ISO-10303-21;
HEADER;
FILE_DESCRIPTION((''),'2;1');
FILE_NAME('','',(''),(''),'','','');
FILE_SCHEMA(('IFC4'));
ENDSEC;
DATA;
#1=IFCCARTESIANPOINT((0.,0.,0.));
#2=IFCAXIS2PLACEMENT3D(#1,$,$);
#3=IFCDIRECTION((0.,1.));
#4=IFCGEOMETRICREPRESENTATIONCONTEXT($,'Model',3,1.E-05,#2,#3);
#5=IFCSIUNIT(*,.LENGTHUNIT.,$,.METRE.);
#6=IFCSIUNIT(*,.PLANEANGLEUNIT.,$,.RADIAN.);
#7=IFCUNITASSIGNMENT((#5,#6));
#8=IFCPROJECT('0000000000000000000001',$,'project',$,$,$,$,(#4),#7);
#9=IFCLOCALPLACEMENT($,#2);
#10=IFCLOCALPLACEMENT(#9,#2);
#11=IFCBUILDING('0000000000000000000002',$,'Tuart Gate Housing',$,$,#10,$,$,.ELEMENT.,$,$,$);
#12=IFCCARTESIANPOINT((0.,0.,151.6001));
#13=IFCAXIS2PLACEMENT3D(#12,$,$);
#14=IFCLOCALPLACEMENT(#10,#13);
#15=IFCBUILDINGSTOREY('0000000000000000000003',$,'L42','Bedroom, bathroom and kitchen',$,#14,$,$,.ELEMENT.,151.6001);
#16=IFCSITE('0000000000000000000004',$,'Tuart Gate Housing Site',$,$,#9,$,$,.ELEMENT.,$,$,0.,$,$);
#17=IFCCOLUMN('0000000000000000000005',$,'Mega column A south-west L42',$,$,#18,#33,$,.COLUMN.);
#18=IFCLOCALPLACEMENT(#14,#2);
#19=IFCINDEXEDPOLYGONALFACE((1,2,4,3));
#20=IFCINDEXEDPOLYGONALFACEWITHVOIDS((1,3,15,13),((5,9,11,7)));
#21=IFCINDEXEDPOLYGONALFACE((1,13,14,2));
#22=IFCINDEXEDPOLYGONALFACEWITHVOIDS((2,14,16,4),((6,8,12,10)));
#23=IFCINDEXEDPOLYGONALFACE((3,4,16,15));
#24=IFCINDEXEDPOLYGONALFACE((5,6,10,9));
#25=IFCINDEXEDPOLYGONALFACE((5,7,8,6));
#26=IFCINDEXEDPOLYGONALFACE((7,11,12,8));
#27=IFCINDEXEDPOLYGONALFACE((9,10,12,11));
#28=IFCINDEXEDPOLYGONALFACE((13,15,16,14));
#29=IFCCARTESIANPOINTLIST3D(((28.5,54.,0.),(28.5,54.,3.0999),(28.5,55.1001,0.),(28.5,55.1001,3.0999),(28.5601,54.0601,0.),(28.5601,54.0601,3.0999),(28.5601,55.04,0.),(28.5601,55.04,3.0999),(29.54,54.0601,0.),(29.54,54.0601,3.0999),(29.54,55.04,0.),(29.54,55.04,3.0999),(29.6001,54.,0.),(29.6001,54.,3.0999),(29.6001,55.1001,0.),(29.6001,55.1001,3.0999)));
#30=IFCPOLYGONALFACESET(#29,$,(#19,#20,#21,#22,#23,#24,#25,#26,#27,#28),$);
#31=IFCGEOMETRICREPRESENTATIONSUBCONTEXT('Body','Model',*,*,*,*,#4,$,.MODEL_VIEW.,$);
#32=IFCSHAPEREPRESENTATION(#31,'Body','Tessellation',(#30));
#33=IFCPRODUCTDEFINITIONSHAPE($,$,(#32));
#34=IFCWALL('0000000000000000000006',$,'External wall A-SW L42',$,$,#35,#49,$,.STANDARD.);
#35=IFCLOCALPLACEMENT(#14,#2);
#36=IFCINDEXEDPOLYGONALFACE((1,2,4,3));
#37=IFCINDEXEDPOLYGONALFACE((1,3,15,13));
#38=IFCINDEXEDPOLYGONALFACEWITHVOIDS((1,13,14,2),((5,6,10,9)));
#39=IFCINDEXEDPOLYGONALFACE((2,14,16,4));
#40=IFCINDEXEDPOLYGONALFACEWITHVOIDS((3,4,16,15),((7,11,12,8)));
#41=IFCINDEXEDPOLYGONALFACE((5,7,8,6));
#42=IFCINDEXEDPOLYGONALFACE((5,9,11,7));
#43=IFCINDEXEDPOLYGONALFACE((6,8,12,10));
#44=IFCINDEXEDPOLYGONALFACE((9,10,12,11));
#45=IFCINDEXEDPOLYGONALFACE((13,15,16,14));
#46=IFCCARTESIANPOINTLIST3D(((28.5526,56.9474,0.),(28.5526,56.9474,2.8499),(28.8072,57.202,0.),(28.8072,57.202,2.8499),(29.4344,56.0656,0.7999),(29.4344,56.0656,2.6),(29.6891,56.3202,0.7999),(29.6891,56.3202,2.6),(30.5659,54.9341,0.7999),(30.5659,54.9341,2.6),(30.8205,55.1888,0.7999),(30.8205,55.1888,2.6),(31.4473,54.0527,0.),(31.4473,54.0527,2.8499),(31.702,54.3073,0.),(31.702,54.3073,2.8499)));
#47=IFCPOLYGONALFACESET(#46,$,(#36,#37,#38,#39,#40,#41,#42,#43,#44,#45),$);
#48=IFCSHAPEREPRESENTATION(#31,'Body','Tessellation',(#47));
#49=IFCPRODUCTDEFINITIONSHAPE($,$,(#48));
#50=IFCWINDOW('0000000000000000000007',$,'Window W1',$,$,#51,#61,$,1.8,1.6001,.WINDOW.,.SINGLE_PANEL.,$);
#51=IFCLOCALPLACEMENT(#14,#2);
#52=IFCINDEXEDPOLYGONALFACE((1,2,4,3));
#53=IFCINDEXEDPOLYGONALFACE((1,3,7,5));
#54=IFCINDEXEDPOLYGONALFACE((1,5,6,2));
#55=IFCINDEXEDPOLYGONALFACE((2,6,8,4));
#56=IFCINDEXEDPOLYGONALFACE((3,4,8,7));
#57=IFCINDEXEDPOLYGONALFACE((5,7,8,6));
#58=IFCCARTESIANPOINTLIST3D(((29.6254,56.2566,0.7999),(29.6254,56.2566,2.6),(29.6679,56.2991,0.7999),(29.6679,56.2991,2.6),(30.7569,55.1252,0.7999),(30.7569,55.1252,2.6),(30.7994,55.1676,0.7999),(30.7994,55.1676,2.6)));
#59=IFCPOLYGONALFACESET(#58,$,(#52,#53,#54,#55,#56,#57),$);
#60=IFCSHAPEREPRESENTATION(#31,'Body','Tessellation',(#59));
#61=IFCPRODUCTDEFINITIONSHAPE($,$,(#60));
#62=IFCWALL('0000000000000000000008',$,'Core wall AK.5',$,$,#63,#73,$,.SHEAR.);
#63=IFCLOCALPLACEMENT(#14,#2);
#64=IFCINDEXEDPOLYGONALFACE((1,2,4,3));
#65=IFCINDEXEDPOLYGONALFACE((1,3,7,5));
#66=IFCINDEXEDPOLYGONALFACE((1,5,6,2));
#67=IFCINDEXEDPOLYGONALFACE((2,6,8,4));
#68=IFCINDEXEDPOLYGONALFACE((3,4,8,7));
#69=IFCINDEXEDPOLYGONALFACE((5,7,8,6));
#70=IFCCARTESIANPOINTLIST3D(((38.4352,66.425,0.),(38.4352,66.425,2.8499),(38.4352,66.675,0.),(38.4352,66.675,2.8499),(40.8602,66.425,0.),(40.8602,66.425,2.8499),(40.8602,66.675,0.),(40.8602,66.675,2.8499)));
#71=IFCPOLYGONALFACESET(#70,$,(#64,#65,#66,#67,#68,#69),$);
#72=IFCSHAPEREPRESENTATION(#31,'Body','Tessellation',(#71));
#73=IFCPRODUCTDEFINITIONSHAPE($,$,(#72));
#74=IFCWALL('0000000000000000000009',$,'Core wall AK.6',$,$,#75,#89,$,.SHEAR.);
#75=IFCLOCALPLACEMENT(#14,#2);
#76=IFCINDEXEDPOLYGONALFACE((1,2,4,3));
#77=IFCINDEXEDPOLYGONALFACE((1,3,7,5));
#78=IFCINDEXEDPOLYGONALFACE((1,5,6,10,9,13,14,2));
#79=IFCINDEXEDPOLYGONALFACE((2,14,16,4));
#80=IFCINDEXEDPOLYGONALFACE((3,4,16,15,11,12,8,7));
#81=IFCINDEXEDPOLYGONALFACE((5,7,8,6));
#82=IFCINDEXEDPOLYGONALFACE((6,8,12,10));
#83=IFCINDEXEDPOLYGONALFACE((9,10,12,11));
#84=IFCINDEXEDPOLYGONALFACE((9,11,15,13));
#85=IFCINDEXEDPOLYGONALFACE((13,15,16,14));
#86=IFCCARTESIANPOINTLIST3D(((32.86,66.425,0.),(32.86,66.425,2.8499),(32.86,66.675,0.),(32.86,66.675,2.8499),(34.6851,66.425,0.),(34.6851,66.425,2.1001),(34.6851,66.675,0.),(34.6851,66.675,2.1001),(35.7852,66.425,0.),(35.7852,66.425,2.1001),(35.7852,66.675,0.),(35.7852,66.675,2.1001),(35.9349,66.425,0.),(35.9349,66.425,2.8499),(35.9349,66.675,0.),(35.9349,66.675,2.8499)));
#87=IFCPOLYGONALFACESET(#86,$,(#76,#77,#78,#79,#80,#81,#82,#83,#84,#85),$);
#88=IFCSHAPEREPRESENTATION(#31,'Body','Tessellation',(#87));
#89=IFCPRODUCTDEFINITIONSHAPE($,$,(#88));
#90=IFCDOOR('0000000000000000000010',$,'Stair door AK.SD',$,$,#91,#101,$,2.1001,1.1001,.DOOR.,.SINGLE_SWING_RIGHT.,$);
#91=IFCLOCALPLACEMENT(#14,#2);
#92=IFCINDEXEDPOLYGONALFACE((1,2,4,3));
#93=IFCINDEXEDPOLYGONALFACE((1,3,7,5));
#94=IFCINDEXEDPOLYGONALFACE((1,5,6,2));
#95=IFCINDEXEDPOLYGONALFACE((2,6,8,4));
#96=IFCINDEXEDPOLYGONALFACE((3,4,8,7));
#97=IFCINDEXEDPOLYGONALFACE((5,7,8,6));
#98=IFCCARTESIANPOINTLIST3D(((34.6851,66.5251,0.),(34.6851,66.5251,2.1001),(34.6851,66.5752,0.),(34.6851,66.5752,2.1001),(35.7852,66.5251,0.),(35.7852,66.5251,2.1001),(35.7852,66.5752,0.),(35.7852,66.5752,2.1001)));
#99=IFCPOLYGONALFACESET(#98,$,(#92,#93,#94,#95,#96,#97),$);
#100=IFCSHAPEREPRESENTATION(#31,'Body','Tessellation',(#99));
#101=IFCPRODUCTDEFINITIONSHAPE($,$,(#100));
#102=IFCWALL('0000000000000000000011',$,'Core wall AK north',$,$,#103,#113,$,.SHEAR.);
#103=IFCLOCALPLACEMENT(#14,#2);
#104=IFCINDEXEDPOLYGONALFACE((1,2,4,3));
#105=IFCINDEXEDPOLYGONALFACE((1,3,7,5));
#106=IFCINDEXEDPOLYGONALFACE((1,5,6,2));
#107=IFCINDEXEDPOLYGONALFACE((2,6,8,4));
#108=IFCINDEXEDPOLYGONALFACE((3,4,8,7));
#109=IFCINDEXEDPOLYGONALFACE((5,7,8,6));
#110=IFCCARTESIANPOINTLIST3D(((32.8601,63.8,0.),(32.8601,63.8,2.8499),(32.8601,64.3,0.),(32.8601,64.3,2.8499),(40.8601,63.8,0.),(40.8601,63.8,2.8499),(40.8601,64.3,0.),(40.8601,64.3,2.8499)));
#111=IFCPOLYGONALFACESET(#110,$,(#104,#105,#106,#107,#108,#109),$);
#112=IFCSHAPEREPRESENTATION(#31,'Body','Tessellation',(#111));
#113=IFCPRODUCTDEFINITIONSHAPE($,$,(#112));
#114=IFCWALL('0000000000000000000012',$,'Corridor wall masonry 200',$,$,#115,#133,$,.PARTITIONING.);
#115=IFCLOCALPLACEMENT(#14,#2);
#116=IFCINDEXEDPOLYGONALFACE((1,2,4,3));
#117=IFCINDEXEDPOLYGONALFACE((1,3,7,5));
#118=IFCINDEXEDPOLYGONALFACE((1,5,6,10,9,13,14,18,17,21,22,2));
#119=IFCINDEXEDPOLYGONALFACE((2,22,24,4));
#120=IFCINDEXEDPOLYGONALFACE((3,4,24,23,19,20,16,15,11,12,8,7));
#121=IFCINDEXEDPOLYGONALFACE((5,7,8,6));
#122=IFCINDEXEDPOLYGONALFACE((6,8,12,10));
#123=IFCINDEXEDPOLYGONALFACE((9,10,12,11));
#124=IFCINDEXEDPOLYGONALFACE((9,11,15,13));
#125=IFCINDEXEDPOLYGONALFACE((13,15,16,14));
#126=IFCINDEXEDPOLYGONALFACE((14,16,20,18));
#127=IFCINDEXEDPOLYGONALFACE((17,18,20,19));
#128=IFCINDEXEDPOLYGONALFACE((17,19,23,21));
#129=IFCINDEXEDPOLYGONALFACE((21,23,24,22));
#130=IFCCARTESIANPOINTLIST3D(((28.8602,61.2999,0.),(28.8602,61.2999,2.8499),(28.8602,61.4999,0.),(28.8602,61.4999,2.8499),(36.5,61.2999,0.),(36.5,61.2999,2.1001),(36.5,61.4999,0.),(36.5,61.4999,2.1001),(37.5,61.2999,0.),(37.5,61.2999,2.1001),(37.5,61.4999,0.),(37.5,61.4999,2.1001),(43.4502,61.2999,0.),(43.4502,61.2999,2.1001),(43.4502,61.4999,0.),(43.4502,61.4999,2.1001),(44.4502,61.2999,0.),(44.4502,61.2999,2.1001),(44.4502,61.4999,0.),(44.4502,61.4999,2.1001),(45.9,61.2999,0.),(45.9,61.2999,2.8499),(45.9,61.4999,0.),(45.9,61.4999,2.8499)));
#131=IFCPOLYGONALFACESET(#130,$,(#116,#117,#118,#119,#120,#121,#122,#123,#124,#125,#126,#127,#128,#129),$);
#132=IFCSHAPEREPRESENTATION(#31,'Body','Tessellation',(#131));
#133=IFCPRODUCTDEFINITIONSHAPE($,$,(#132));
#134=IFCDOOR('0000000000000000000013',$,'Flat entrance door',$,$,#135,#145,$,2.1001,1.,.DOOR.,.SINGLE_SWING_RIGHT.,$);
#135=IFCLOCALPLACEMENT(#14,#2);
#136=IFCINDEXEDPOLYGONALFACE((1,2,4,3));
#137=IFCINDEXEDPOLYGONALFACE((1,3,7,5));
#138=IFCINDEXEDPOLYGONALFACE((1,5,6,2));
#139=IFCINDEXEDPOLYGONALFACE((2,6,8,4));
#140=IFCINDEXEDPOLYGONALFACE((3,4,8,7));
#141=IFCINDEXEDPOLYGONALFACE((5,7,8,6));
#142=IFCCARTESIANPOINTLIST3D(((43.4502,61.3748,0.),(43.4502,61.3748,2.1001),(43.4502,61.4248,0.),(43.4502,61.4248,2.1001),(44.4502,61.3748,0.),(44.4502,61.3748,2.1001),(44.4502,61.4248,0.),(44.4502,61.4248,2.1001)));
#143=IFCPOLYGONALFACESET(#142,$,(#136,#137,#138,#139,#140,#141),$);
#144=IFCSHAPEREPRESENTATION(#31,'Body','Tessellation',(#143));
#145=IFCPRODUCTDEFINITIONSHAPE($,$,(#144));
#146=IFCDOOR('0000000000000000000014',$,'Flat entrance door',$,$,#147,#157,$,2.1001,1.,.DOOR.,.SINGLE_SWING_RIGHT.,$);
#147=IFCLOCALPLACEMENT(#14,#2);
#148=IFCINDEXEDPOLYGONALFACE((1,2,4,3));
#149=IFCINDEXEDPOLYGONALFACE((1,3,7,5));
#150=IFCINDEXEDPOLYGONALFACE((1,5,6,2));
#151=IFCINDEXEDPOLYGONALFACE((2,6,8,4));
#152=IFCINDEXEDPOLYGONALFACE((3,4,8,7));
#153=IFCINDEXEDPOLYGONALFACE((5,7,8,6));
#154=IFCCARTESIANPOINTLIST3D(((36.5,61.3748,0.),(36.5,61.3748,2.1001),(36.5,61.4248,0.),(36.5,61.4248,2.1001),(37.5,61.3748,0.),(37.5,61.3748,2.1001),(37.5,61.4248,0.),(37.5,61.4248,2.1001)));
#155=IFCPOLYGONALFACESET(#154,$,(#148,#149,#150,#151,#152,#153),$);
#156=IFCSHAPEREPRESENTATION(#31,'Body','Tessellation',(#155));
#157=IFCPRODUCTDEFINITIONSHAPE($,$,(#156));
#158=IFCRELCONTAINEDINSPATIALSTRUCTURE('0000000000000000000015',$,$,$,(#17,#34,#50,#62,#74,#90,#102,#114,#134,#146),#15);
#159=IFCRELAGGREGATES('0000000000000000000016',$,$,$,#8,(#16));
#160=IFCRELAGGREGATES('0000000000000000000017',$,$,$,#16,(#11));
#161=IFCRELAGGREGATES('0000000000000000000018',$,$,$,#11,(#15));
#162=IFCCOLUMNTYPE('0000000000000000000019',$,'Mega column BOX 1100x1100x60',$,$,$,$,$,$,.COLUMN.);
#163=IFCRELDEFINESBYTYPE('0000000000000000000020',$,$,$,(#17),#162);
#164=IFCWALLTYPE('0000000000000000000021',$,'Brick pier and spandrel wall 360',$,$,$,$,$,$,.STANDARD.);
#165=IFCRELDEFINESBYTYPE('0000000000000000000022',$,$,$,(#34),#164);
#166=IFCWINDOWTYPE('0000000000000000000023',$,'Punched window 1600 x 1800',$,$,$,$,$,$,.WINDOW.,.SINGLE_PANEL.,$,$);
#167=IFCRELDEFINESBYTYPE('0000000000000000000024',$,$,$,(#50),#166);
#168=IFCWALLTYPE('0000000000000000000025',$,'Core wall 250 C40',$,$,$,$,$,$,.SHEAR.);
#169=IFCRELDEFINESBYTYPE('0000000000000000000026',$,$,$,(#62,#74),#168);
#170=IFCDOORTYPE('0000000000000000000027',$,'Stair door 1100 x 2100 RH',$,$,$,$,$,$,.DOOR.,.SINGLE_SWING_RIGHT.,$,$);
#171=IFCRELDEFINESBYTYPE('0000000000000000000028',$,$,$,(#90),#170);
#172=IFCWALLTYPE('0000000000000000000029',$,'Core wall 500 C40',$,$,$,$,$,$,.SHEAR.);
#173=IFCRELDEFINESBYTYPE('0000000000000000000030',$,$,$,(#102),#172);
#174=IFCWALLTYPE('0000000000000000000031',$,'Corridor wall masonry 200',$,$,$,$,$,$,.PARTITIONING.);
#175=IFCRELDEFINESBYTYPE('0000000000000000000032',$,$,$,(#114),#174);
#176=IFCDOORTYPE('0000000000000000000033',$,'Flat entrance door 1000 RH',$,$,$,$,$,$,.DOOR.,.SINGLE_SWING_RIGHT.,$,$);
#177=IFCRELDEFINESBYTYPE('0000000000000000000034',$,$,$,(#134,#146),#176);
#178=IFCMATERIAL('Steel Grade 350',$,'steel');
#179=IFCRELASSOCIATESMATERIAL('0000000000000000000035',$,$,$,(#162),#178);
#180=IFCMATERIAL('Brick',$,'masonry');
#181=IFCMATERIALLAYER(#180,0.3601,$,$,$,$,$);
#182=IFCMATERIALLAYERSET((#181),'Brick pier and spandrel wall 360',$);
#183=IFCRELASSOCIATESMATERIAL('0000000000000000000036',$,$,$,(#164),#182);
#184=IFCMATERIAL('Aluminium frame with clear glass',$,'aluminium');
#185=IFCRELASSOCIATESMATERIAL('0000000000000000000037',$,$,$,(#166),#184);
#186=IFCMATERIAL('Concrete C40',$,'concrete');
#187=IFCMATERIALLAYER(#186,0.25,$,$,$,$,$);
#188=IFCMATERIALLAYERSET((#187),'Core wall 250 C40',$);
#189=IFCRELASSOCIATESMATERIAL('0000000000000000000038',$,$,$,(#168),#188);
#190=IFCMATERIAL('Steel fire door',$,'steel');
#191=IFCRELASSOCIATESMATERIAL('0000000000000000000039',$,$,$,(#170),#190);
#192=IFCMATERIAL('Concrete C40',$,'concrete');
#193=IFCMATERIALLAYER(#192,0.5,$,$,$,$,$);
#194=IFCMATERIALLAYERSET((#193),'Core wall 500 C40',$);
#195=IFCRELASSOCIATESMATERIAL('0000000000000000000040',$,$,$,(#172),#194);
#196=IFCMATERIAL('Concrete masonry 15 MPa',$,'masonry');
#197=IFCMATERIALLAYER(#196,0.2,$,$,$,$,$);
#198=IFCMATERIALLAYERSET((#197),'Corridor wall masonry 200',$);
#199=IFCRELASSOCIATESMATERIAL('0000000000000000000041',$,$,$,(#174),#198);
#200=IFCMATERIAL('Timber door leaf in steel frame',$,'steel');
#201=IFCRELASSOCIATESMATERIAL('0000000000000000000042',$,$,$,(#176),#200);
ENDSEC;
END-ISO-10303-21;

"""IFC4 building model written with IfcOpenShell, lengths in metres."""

from ifc_helpers import new_model, si_unit, direction, frame, frame_2d, origin, origin_2d, place, context, subcontext, project, spatial, rectangle, hollow_rectangle, extrude, material, layer, layer_set, material_profile, profile_set, type_object, element, fill, save


model = new_model("IFC4")

# Units and contexts
model_context = context("Model", 3, precision=1e-05, world=origin(), true_north=direction((0.0, 1.0)))
body_context = subcontext(model_context, "Body", "Model", "MODEL_VIEW")
ifc_project = project(units=[si_unit("LENGTHUNIT", "METRE"), si_unit("PLANEANGLEUNIT", "RADIAN")], contexts=[model_context])

# Site, building, storey
site_placement = place(None, origin())
site = spatial("IfcSite", under=ifc_project, at=site_placement, Name="Tuart Gate Housing Site", CompositionType="ELEMENT", RefElevation=0.0)
building_placement = place(site_placement, origin())
building = spatial("IfcBuilding", under=site, at=building_placement, Name="Tuart Gate Housing", CompositionType="ELEMENT")
storey_placement = place(building_placement, frame((0.0, 0.0, 151.6001)))
storey = spatial("IfcBuildingStorey", under=building, at=storey_placement, Name="L42", Description="Bedroom, bathroom and kitchen", CompositionType="ELEMENT", Elevation=151.6001)

# Column
ifc_material_1 = material(Name="Steel Grade 350", Category="steel")
ifc_material_profile = material_profile(ifc_material_1, hollow_rectangle(XDim=1.1001, YDim=1.1001, WallThickness=0.0601, at=origin_2d()), Name="BOX 1100x1100x60")
ifc_profile_set = profile_set([ifc_material_profile], Name="Steel Grade 350")
column_type = type_object("IfcColumnType", Name="Mega column BOX 1100x1100x60", PredefinedType="COLUMN", material=ifc_profile_set)
column_placement = place(storey_placement, frame((29.05, 54.55, 0.0), z_axis=(0.0, 0.0, 1.0), x_axis=(1.0, 0.0, 0.0)))
element("IfcColumn", 1, at=column_placement, inside=storey, type_object=column_type, Name="Mega column A south-west L42", PredefinedType="COLUMN", context=body_context, shape_type="SweptSolid", body=[
    extrude(hollow_rectangle(XDim=1.1001, YDim=1.1001, WallThickness=0.0601, at=origin_2d()), origin(), (0.0, 0.0, 1.0), 3.0999),
])

# Wall, opening, window
ifc_material_2 = material(Name="Brick", Category="masonry")
ifc_layer_1 = layer(ifc_material_2, 0.3601)
ifc_layer_set_1 = layer_set([ifc_layer_1], Name="Brick pier and spandrel wall 360")
wall_type_1 = type_object("IfcWallType", Name="Brick pier and spandrel wall 360", PredefinedType="STANDARD", material=ifc_layer_set_1)
wall_1_placement = place(storey_placement, frame((28.6799, 57.0747, 0.0), z_axis=(0.0, 0.0, 1.0), x_axis=(0.707107, -0.707107, 0.0)))
wall_1 = element("IfcWall", 2, at=wall_1_placement, inside=storey, type_object=wall_type_1, Name="External wall A-SW L42", PredefinedType="STANDARD", context=body_context, shape_type="SweptSolid", body=[
    extrude(rectangle(XDim=4.0938, YDim=0.3601, at=frame_2d((2.0469, 0.0))), origin(), (0.0, 0.0, 1.0), 2.8499),
])
opening_1_placement = place(wall_1_placement, frame((1.2471, 0.0, 0.8)))
opening_1 = element("IfcOpeningElement", 3, at=opening_1_placement, cuts=wall_1, PredefinedType="OPENING", context=body_context, shape_type="SweptSolid", body=[
    extrude(rectangle(XDim=1.6001, YDim=1.8, at=frame_2d((0.8, 0.8999))), frame((0.0, 0.1899, 0.0), z_axis=(0.0, -1.0, 0.0), x_axis=(1.0, 0.0, 0.0)), (0.0, 0.0, 1.0), 0.3801),
])
ifc_material_3 = material(Name="Aluminium frame with clear glass", Category="aluminium")
window_type = type_object("IfcWindowType", Name="Punched window 1600 x 1800", PartitioningType="SINGLE_PANEL", PredefinedType="WINDOW", material=ifc_material_3)
window_placement = place(opening_1_placement, origin())
window = element("IfcWindow", 4, at=window_placement, inside=storey, type_object=window_type, Name="Window W1", OverallHeight=1.8, OverallWidth=1.6001, PartitioningType="SINGLE_PANEL", PredefinedType="WINDOW", context=body_context, shape_type="SweptSolid", body=[
    extrude(rectangle(XDim=1.6001, YDim=1.8, at=frame_2d((0.8, 0.8999))), frame((0.0, 0.1501, 0.0), z_axis=(0.0, -1.0, 0.0), x_axis=(1.0, 0.0, 0.0)), (0.0, 0.0, 1.0), 0.0601),
])
fill(opening_1, window)

# Wall
ifc_material_4 = material(Name="Concrete C40", Category="concrete")
ifc_layer_2 = layer(ifc_material_4, 0.25)
ifc_layer_set_2 = layer_set([ifc_layer_2], Name="Core wall 250 C40")
wall_type_2 = type_object("IfcWallType", Name="Core wall 250 C40", PredefinedType="SHEAR", material=ifc_layer_set_2)
wall_2_placement = place(storey_placement, frame((40.8601, 66.55, 0.0), z_axis=(0.0, 0.0, 1.0), x_axis=(-1.0, 0.0, 0.0)))
element("IfcWall", 5, at=wall_2_placement, inside=storey, type_object=wall_type_2, Name="Core wall AK.5", PredefinedType="SHEAR", context=body_context, shape_type="SweptSolid", body=[
    extrude(rectangle(XDim=2.425, YDim=0.25, at=frame_2d((1.2124, 0.0))), origin(), (0.0, 0.0, 1.0), 2.8499),
])

# Wall, opening, door
wall_3_placement = place(storey_placement, frame((35.9351, 66.55, 0.0), z_axis=(0.0, 0.0, 1.0), x_axis=(-1.0, 0.0, 0.0)))
wall_3 = element("IfcWall", 6, at=wall_3_placement, inside=storey, type_object=wall_type_2, Name="Core wall AK.6", PredefinedType="SHEAR", context=body_context, shape_type="SweptSolid", body=[
    extrude(rectangle(XDim=3.075, YDim=0.25, at=frame_2d((1.5376, 0.0))), origin(), (0.0, 0.0, 1.0), 2.8499),
])
opening_2_placement = place(wall_3_placement, frame((0.1499, 0.0, 0.0)))
opening_2 = element("IfcOpeningElement", 7, at=opening_2_placement, cuts=wall_3, PredefinedType="OPENING", context=body_context, shape_type="SweptSolid", body=[
    extrude(rectangle(XDim=1.1001, YDim=2.1001, at=frame_2d((0.55, 1.05))), frame((0.0, 0.135, 0.0), z_axis=(0.0, -1.0, 0.0), x_axis=(1.0, 0.0, 0.0)), (0.0, 0.0, 1.0), 0.27),
])
ifc_material_5 = material(Name="Steel fire door", Category="steel")
door_type_1 = type_object("IfcDoorType", Name="Stair door 1100 x 2100 RH", OperationType="SINGLE_SWING_RIGHT", PredefinedType="DOOR", material=ifc_material_5)
door_1_placement = place(opening_2_placement, frame((1.1001, 0.0, 0.0), z_axis=(0.0, 0.0, 1.0), x_axis=(-1.0, 0.0, 0.0)))
door_1 = element("IfcDoor", 8, at=door_1_placement, inside=storey, type_object=door_type_1, Name="Stair door AK.SD", OperationType="SINGLE_SWING_RIGHT", OverallHeight=2.1001, OverallWidth=1.1001, PredefinedType="DOOR", context=body_context, shape_type="SweptSolid", body=[
    extrude(rectangle(XDim=1.1001, YDim=2.1001, at=frame_2d((0.55, 1.05))), frame((0.0, 0.0251, 0.0), z_axis=(0.0, -1.0, 0.0), x_axis=(1.0, 0.0, 0.0)), (0.0, 0.0, 1.0), 0.05),
])
fill(opening_2, door_1)

# Wall
ifc_material_6 = material(Name="Concrete C40", Category="concrete")
ifc_layer_3 = layer(ifc_material_6, 0.5)
ifc_layer_set_3 = layer_set([ifc_layer_3], Name="Core wall 500 C40")
wall_type_3 = type_object("IfcWallType", Name="Core wall 500 C40", PredefinedType="SHEAR", material=ifc_layer_set_3)
wall_4_placement = place(storey_placement, frame((40.8601, 64.05, 0.0), z_axis=(0.0, 0.0, 1.0), x_axis=(-1.0, 0.0, 0.0)))
element("IfcWall", 9, at=wall_4_placement, inside=storey, type_object=wall_type_3, Name="Core wall AK north", PredefinedType="SHEAR", context=body_context, shape_type="SweptSolid", body=[
    extrude(rectangle(XDim=8.0, YDim=0.5, at=frame_2d((4.0, 0.0))), origin(), (0.0, 0.0, 1.0), 2.8499),
])

# Wall, openings, doors
ifc_material_7 = material(Name="Concrete masonry 15 MPa", Category="masonry")
ifc_layer_4 = layer(ifc_material_7, 0.2)
ifc_layer_set_4 = layer_set([ifc_layer_4], Name="Corridor wall masonry 200")
wall_type_4 = type_object("IfcWallType", Name="Corridor wall masonry 200", PredefinedType="PARTITIONING", material=ifc_layer_set_4)
wall_5_placement = place(storey_placement, frame((28.8601, 61.3999, 0.0), z_axis=(0.0, 0.0, 1.0), x_axis=(1.0, 0.0, 0.0)))
wall_5 = element("IfcWall", 10, at=wall_5_placement, inside=storey, type_object=wall_type_4, Name="Corridor wall masonry 200", PredefinedType="PARTITIONING", context=body_context, shape_type="SweptSolid", body=[
    extrude(rectangle(XDim=17.0398, YDim=0.2, at=frame_2d((8.52, 0.0))), origin(), (0.0, 0.0, 1.0), 2.8499),
])
opening_3_placement = place(wall_5_placement, frame((14.5901, 0.0, 0.0)))
opening_3 = element("IfcOpeningElement", 11, at=opening_3_placement, cuts=wall_5, PredefinedType="OPENING", context=body_context, shape_type="SweptSolid", body=[
    extrude(rectangle(XDim=1.0, YDim=2.1001, at=frame_2d((0.5, 1.05))), frame((0.0, 0.1099, 0.0), z_axis=(0.0, -1.0, 0.0), x_axis=(1.0, 0.0, 0.0)), (0.0, 0.0, 1.0), 0.22),
])
opening_4_placement = place(wall_5_placement, frame((7.6399, 0.0, 0.0)))
opening_4 = element("IfcOpeningElement", 12, at=opening_4_placement, cuts=wall_5, PredefinedType="OPENING", context=body_context, shape_type="SweptSolid", body=[
    extrude(rectangle(XDim=1.0, YDim=2.1001, at=frame_2d((0.5, 1.05))), frame((0.0, 0.1099, 0.0), z_axis=(0.0, -1.0, 0.0), x_axis=(1.0, 0.0, 0.0)), (0.0, 0.0, 1.0), 0.22),
])
ifc_material_8 = material(Name="Timber door leaf in steel frame", Category="steel")
door_type_2 = type_object("IfcDoorType", Name="Flat entrance door 1000 RH", OperationType="SINGLE_SWING_RIGHT", PredefinedType="DOOR", material=ifc_material_8)
door_2_placement = place(opening_3_placement, frame((1.0, 0.0, 0.0), z_axis=(0.0, 0.0, 1.0), x_axis=(-1.0, 0.0, 0.0)))
door_2 = element("IfcDoor", 13, at=door_2_placement, inside=storey, type_object=door_type_2, Name="Flat entrance door", OperationType="SINGLE_SWING_RIGHT", OverallHeight=2.1001, OverallWidth=1.0, PredefinedType="DOOR", context=body_context, shape_type="SweptSolid", body=[
    extrude(rectangle(XDim=1.0, YDim=2.1001, at=frame_2d((0.5, 1.05))), frame((0.0, 0.0251, 0.0), z_axis=(0.0, -1.0, 0.0), x_axis=(1.0, 0.0, 0.0)), (0.0, 0.0, 1.0), 0.05),
])
fill(opening_3, door_2)
door_3_placement = place(opening_4_placement, frame((1.0, 0.0, 0.0), z_axis=(0.0, 0.0, 1.0), x_axis=(-1.0, 0.0, 0.0)))
door_3 = element("IfcDoor", 14, at=door_3_placement, inside=storey, type_object=door_type_2, Name="Flat entrance door", OperationType="SINGLE_SWING_RIGHT", OverallHeight=2.1001, OverallWidth=1.0, PredefinedType="DOOR", context=body_context, shape_type="SweptSolid", body=[
    extrude(rectangle(XDim=1.0, YDim=2.1001, at=frame_2d((0.5, 1.05))), frame((0.0, 0.0251, 0.0), z_axis=(0.0, -1.0, 0.0), x_axis=(1.0, 0.0, 0.0)), (0.0, 0.0, 1.0), 0.05),
])
fill(opening_4, door_3)

save(model, "model.ifc")
